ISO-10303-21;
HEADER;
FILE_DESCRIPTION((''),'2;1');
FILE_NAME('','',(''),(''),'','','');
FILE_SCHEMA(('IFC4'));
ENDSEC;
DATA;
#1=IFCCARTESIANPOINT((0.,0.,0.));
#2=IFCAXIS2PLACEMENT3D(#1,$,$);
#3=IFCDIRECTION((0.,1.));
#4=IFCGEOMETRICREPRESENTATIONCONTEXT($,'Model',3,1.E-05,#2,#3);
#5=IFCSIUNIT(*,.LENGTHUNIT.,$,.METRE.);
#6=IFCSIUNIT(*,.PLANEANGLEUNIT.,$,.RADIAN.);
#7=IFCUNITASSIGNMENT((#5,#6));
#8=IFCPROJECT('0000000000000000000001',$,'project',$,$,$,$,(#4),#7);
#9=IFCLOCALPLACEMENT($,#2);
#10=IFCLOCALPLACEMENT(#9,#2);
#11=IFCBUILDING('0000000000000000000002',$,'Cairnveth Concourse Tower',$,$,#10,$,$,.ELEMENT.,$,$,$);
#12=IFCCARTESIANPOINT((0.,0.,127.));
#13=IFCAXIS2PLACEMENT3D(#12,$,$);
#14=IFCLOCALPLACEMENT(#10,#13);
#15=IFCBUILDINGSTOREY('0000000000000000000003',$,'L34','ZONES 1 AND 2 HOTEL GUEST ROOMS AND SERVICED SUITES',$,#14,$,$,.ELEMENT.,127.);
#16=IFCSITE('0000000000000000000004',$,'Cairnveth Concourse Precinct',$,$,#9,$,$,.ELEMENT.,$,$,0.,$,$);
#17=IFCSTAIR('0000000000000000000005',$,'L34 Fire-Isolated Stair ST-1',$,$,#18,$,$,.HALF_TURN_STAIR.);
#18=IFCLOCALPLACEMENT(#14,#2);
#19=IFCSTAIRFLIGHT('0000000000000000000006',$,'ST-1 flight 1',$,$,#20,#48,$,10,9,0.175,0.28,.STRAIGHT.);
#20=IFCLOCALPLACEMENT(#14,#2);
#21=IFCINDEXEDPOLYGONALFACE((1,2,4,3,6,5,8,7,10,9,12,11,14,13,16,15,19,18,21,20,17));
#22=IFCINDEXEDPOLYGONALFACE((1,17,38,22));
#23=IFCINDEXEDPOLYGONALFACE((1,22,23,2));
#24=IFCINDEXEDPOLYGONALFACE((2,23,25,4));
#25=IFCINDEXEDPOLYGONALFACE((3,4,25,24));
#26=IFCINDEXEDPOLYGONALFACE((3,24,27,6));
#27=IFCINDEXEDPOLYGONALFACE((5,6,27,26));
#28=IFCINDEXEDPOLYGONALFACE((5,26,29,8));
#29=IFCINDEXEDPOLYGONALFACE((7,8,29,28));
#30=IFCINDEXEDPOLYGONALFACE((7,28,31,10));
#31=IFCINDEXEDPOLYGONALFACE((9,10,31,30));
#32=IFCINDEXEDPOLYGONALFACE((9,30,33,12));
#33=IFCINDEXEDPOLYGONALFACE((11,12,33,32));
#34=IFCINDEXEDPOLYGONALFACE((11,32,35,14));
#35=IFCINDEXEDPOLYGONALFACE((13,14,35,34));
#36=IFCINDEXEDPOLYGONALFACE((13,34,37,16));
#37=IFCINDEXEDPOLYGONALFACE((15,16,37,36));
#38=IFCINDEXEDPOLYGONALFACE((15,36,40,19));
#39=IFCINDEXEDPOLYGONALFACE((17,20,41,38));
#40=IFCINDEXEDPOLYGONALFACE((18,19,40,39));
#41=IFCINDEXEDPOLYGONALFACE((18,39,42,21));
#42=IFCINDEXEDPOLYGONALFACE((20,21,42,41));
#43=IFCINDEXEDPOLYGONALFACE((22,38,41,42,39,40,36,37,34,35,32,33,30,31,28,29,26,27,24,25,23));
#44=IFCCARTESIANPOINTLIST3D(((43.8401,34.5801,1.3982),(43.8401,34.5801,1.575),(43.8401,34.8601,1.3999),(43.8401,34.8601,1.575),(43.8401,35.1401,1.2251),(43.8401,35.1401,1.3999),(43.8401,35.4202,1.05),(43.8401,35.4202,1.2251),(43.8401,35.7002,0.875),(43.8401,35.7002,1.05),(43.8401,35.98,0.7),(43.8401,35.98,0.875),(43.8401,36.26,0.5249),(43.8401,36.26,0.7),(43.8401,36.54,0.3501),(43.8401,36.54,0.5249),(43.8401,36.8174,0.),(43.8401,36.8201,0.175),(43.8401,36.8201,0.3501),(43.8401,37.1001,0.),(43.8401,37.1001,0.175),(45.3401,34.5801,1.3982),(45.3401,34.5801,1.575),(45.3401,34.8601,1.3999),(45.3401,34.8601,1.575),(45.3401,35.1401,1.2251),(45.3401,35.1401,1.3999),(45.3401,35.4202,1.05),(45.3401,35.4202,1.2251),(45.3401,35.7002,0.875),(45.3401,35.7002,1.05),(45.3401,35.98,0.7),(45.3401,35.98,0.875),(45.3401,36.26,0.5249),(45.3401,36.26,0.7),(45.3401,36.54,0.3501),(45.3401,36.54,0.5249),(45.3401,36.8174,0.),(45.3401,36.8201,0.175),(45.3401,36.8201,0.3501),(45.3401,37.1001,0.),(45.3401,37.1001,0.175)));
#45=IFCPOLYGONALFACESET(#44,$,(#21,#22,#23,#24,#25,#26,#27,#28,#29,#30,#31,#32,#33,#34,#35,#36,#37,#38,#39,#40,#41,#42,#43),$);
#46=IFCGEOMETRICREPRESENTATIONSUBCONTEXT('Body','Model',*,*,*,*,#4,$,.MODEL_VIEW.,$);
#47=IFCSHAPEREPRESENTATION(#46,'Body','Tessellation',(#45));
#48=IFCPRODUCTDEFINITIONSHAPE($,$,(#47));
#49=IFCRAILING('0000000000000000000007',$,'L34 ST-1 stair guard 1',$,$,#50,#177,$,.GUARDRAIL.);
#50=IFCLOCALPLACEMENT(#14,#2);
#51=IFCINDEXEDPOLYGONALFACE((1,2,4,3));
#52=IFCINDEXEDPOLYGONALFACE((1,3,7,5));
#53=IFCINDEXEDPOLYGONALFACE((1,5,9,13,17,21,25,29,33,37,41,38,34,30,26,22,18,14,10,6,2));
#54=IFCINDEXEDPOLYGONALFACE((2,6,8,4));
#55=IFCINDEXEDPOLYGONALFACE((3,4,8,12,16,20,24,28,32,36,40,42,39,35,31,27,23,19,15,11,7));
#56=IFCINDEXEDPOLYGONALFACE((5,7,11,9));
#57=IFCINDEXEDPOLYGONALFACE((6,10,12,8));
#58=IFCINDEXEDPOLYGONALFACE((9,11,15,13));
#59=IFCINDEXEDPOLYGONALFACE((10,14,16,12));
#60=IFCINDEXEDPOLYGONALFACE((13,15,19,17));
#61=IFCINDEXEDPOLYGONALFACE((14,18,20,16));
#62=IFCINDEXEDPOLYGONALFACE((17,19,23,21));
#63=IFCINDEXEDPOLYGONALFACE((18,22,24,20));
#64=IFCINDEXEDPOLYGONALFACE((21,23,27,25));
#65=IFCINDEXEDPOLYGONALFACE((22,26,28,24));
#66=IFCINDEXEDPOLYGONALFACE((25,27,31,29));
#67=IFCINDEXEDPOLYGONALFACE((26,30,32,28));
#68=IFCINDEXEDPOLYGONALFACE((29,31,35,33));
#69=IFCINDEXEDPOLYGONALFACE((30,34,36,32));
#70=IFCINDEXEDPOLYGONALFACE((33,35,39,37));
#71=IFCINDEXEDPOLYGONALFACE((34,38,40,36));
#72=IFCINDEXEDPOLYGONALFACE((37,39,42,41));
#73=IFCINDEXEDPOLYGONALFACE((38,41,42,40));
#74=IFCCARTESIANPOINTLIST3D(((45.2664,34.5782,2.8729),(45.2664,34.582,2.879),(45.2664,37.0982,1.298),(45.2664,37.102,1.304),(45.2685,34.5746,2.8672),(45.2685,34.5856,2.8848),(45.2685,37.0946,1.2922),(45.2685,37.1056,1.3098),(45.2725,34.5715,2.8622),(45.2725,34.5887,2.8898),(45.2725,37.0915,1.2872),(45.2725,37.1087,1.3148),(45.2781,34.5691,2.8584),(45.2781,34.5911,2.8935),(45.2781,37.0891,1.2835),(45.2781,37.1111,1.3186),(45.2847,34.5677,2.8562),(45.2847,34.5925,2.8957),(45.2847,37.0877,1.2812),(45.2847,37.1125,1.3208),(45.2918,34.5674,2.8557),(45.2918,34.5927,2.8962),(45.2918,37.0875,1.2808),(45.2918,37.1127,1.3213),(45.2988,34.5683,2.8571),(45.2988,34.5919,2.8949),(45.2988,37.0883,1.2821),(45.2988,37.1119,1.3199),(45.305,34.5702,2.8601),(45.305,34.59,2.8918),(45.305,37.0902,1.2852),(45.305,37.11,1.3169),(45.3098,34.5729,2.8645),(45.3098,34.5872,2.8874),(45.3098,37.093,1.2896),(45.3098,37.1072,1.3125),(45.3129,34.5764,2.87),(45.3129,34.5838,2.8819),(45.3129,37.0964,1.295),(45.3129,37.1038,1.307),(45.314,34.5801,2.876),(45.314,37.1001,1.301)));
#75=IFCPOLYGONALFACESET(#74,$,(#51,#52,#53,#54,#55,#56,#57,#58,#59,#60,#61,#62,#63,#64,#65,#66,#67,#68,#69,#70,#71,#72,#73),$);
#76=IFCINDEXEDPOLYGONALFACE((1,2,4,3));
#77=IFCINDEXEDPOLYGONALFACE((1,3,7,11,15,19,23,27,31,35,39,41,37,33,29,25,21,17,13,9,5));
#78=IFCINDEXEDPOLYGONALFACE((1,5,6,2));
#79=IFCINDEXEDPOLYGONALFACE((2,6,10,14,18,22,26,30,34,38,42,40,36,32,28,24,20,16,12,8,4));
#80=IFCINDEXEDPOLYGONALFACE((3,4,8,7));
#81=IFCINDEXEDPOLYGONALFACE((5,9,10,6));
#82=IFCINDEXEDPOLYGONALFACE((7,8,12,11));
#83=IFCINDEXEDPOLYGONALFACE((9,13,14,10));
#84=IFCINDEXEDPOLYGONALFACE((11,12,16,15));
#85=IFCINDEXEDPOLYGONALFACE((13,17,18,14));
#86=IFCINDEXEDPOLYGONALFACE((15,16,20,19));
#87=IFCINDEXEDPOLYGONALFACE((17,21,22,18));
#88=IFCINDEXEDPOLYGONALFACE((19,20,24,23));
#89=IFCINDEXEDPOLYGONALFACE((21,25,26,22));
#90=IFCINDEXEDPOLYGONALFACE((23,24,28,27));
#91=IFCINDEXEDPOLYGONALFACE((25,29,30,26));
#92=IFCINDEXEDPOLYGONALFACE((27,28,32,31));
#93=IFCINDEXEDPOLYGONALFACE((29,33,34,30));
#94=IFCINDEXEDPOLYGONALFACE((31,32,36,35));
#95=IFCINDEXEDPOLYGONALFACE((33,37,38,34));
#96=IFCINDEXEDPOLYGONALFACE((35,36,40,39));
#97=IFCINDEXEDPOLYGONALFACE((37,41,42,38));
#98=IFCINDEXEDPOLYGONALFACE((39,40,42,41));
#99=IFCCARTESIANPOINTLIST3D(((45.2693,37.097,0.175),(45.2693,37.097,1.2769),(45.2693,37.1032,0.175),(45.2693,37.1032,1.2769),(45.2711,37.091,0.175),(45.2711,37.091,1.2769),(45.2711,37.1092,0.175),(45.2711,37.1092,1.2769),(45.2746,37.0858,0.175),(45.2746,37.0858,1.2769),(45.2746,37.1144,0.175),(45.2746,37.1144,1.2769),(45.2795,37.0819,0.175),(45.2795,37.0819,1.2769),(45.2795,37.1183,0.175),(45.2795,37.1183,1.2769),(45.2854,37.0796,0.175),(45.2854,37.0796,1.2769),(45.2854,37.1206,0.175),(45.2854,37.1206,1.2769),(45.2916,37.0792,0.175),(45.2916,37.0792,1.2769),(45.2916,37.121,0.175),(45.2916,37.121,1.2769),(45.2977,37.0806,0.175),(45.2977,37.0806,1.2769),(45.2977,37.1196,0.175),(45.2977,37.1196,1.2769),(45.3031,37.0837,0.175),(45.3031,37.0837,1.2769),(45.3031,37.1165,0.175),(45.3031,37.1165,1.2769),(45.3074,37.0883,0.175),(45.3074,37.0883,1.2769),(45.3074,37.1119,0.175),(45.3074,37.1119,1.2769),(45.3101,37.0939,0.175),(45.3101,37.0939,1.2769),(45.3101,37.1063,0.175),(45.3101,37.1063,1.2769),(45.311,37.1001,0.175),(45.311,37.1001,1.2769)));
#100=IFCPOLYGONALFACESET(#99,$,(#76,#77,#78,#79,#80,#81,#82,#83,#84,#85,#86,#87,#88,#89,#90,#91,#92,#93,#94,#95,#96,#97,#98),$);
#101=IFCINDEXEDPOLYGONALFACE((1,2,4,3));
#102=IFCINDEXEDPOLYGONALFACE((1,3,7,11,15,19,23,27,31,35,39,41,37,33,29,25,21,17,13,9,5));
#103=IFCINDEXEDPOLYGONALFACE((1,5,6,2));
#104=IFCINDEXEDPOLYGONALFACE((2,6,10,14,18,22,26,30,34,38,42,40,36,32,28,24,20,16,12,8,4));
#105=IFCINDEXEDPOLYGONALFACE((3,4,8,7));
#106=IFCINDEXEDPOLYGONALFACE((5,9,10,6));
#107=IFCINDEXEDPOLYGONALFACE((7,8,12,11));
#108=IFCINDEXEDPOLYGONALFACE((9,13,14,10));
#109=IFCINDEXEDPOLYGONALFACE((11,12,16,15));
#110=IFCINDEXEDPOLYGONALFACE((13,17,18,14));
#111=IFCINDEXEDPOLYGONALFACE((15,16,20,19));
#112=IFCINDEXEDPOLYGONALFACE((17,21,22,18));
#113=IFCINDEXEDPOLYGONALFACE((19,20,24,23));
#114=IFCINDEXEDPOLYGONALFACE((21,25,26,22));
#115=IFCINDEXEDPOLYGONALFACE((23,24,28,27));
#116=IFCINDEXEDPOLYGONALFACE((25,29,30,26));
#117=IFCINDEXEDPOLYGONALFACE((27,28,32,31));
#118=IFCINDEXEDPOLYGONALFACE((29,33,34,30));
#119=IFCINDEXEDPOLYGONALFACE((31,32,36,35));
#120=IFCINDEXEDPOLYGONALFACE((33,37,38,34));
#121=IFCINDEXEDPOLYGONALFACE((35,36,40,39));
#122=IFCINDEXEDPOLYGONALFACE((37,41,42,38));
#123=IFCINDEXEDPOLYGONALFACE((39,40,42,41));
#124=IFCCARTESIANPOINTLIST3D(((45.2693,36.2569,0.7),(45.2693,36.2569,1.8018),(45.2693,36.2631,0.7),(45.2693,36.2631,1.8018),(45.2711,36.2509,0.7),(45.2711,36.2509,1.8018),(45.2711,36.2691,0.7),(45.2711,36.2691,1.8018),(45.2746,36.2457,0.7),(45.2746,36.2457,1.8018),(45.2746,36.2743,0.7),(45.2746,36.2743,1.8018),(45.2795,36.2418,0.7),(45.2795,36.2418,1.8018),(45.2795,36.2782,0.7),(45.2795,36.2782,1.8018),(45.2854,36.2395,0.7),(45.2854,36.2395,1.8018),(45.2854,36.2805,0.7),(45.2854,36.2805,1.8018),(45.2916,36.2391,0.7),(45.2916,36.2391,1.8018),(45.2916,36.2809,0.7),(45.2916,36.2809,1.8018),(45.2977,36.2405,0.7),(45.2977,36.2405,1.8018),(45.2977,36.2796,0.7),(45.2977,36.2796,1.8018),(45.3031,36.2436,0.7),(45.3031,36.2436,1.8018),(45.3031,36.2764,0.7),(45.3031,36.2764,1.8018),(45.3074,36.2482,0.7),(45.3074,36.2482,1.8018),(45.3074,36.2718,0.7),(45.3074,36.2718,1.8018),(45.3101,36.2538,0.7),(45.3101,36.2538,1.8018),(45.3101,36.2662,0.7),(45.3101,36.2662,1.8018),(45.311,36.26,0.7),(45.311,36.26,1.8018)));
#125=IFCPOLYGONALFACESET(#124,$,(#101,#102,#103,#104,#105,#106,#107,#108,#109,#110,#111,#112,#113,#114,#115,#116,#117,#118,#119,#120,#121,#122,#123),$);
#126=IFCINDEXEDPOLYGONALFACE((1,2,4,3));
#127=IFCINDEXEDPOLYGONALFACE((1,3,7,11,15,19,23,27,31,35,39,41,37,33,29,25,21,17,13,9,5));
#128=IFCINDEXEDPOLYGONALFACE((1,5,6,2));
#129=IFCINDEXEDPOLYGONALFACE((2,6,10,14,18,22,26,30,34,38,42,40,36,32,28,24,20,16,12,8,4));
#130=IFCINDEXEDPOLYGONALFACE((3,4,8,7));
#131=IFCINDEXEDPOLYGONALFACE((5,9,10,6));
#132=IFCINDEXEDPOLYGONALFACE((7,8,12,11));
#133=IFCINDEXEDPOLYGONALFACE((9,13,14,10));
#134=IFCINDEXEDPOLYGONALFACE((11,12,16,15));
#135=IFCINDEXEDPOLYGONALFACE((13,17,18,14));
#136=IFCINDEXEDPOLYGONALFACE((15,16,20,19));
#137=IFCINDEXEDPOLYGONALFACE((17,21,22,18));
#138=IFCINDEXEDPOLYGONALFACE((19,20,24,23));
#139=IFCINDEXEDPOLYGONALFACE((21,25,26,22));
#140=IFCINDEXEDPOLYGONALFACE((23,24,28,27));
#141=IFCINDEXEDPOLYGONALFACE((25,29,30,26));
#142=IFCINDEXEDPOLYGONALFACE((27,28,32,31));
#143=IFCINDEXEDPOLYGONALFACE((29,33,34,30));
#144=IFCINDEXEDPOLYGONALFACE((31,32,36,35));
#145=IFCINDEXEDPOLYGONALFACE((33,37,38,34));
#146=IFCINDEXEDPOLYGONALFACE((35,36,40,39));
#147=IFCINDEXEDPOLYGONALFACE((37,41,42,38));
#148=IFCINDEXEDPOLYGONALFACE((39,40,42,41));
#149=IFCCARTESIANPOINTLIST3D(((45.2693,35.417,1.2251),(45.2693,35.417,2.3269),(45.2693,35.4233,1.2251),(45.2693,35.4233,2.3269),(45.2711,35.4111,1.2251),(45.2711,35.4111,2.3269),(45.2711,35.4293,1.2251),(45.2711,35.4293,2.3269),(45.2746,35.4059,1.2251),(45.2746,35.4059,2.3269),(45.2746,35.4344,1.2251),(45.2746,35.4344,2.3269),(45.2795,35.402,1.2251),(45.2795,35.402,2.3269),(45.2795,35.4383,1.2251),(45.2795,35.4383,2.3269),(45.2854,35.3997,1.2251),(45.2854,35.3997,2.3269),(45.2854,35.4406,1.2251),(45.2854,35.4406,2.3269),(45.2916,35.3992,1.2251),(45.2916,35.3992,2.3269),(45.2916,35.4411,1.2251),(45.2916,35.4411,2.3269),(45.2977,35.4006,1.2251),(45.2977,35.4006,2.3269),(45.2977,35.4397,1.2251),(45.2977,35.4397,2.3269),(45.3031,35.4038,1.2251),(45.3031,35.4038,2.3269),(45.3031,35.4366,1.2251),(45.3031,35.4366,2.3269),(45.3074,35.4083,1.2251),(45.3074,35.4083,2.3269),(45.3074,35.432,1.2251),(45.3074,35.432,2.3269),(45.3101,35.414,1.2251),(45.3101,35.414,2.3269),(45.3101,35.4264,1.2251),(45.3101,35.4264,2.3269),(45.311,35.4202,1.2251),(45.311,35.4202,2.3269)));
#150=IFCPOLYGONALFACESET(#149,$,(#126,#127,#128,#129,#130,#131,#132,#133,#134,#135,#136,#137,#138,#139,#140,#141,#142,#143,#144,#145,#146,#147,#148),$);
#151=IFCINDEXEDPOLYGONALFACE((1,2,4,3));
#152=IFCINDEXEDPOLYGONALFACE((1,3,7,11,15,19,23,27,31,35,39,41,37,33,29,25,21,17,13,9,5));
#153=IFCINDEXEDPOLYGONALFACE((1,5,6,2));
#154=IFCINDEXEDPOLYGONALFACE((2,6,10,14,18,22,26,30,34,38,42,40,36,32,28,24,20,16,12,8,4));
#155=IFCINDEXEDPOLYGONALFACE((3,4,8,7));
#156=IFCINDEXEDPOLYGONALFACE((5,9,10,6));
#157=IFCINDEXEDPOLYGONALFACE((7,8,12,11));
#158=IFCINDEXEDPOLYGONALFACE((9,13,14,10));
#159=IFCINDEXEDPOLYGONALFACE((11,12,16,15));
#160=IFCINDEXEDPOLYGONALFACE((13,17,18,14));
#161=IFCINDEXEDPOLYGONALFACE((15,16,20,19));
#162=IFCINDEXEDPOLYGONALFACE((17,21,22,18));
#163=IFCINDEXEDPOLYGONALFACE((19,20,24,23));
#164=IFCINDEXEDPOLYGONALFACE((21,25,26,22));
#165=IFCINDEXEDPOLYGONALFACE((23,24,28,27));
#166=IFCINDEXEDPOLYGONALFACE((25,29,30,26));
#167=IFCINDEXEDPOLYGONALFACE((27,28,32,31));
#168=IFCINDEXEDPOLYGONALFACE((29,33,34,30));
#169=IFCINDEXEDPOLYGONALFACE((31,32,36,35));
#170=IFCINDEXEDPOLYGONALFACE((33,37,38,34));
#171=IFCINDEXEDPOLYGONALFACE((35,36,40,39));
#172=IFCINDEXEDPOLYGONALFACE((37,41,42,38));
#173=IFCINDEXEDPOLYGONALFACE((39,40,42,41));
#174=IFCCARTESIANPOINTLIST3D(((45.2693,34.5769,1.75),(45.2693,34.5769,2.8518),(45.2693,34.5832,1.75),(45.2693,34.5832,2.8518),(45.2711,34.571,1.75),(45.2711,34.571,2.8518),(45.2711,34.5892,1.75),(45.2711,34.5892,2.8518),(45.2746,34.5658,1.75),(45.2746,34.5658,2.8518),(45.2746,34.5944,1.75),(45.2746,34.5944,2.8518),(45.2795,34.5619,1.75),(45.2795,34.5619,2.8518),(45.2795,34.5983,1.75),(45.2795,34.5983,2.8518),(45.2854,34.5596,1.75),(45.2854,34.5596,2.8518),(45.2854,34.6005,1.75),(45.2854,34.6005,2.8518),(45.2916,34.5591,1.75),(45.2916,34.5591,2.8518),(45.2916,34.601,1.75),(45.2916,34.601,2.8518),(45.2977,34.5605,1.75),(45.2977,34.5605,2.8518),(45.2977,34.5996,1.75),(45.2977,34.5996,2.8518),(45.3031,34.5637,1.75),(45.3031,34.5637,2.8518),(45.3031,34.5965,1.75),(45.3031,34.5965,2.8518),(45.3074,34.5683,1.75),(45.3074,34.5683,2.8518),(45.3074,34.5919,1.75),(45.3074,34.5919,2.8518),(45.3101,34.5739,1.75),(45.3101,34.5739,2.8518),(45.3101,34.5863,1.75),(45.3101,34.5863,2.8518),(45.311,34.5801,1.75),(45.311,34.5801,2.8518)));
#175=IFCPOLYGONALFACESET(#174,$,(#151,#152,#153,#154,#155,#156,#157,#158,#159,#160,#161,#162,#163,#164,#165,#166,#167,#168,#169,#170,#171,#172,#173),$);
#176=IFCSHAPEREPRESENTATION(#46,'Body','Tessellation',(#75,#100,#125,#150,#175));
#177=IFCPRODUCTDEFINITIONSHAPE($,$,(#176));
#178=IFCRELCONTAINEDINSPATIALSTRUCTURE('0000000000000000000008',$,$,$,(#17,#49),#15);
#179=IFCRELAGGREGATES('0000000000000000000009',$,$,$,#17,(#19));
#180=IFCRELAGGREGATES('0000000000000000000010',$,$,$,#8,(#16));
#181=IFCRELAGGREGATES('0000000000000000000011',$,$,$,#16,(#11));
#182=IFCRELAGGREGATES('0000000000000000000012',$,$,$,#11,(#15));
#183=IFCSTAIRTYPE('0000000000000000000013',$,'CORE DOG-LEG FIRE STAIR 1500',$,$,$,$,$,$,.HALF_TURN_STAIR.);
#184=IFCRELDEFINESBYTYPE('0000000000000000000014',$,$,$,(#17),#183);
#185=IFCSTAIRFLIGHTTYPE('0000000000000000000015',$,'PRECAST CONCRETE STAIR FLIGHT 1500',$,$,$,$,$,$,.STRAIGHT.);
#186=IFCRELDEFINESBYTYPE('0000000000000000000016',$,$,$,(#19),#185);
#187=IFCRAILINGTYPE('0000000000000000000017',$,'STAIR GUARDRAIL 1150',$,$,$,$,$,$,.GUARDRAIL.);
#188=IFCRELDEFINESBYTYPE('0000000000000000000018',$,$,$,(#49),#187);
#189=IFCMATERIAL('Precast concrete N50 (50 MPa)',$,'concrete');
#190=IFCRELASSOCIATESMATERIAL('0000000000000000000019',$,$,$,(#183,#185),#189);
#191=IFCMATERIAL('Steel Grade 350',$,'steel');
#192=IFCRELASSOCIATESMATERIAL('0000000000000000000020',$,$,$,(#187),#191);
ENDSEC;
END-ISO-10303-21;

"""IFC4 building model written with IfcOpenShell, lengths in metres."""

from ifc_helpers import new_model, si_unit, direction, frame, origin, origin_2d, place, context, subcontext, project, spatial, polyline, circle, outline, extrude, material, type_object, element, aggregate, save


model = new_model("IFC4")

# Units and contexts
model_context = context("Model", 3, precision=1e-05, world=origin(), true_north=direction((0.0, 1.0)))
body_context = subcontext(model_context, "Body", "Model", "MODEL_VIEW")
ifc_project = project(units=[si_unit("LENGTHUNIT", "METRE"), si_unit("PLANEANGLEUNIT", "RADIAN")], contexts=[model_context])

# Site, building, storey
site_placement = place(None, origin())
site = spatial("IfcSite", under=ifc_project, at=site_placement, Name="Cairnveth Concourse Precinct", CompositionType="ELEMENT", RefElevation=0.0)
building_placement = place(site_placement, origin())
building = spatial("IfcBuilding", under=site, at=building_placement, Name="Cairnveth Concourse Tower", CompositionType="ELEMENT")
storey_placement = place(building_placement, frame((0.0, 0.0, 127.0)))
storey = spatial("IfcBuildingStorey", under=building, at=storey_placement, Name="L34", Description="ZONES 1 AND 2 HOTEL GUEST ROOMS AND SERVICED SUITES", CompositionType="ELEMENT", Elevation=127.0)

# Shared definitions
ifc_material_1 = material(Name="Steel Grade 350", Category="steel")

# Stair, stair flight
ifc_material_2 = material(Name="Precast concrete N50 (50 MPa)", Category="concrete")
stair_type = type_object("IfcStairType", Name="CORE DOG-LEG FIRE STAIR 1500", PredefinedType="HALF_TURN_STAIR", material=ifc_material_2)
stair_placement = place(storey_placement, origin())
stair = element("IfcStair", 1, at=stair_placement, inside=storey, type_object=stair_type, Name="L34 Fire-Isolated Stair ST-1", PredefinedType="HALF_TURN_STAIR")
stair_flight_type = type_object("IfcStairFlightType", Name="PRECAST CONCRETE STAIR FLIGHT 1500", PredefinedType="STRAIGHT", material=ifc_material_2)
stair_flight_placement = place(storey_placement, frame((44.5901, 37.1001, 0.0), z_axis=(0.0, 0.0, 1.0), x_axis=(0.0, -1.0, 0.0)))
stair_flight = element("IfcStairFlight", 2, at=stair_flight_placement, type_object=stair_flight_type, Name="ST-1 flight 1", NumberOfRisers=10, NumberOfTreads=9, PredefinedType="STRAIGHT", RiserHeight=0.175, TreadLength=0.28, context=body_context, shape_type="SweptSolid", body=[
    extrude(outline(polyline([(0.0, 0.0), (0.0, 0.175), (0.28, 0.175), (0.28, 0.3501), (0.5601, 0.3501), (0.5601, 0.5249), (0.8401, 0.5249), (0.8401, 0.7), (1.1201, 0.7), (1.1201, 0.875), (1.3999, 0.875), (1.3999, 1.05), (1.6799, 1.05), (1.6799, 1.2251), (1.96, 1.2251), (1.96, 1.3999), (2.24, 1.3999), (2.24, 1.575), (2.52, 1.575), (2.52, 1.75), (2.52, 1.3982), (0.2827, 0.0), (0.0, 0.0)])), frame((0.0, 0.75, 0.0), z_axis=(0.0, -1.0, 0.0), x_axis=(1.0, 0.0, 0.0)), (0.0, 0.0, 1.0), 1.5),
])
aggregate(stair, [stair_flight])

# Railing
railing_type_1 = type_object("IfcRailingType", Name="STAIR GUARDRAIL 1150", PredefinedType="GUARDRAIL", material=ifc_material_1)
railing_1_placement = place(storey_placement, frame((45.29, 37.1001, 0.175)))
element("IfcRailing", 3, at=railing_1_placement, inside=storey, type_object=railing_type_1, Name="L34 ST-1 stair guard 1", PredefinedType="GUARDRAIL", context=body_context, shape_type="SweptSolid", body=[
    extrude(circle(Radius=0.0239, at=origin_2d()), frame((0.0, 0.0, 1.126), z_axis=(0.0, -0.848008, 0.529984), x_axis=(1.0, 0.0, 0.0)), (0.0, 0.0, 1.0), 2.9717),
    extrude(circle(Radius=0.021, at=origin_2d()), origin(), (0.0, 0.0, 1.0), 1.1018),
    extrude(circle(Radius=0.021, at=origin_2d()), frame((0.0, -0.8401, 0.5249)), (0.0, 0.0, 1.0), 1.1018),
    extrude(circle(Radius=0.021, at=origin_2d()), frame((0.0, -1.6799, 1.05)), (0.0, 0.0, 1.0), 1.1018),
    extrude(circle(Radius=0.021, at=origin_2d()), frame((0.0, -2.52, 1.575)), (0.0, 0.0, 1.0), 1.1018),
])

save(model, "model.ifc")
